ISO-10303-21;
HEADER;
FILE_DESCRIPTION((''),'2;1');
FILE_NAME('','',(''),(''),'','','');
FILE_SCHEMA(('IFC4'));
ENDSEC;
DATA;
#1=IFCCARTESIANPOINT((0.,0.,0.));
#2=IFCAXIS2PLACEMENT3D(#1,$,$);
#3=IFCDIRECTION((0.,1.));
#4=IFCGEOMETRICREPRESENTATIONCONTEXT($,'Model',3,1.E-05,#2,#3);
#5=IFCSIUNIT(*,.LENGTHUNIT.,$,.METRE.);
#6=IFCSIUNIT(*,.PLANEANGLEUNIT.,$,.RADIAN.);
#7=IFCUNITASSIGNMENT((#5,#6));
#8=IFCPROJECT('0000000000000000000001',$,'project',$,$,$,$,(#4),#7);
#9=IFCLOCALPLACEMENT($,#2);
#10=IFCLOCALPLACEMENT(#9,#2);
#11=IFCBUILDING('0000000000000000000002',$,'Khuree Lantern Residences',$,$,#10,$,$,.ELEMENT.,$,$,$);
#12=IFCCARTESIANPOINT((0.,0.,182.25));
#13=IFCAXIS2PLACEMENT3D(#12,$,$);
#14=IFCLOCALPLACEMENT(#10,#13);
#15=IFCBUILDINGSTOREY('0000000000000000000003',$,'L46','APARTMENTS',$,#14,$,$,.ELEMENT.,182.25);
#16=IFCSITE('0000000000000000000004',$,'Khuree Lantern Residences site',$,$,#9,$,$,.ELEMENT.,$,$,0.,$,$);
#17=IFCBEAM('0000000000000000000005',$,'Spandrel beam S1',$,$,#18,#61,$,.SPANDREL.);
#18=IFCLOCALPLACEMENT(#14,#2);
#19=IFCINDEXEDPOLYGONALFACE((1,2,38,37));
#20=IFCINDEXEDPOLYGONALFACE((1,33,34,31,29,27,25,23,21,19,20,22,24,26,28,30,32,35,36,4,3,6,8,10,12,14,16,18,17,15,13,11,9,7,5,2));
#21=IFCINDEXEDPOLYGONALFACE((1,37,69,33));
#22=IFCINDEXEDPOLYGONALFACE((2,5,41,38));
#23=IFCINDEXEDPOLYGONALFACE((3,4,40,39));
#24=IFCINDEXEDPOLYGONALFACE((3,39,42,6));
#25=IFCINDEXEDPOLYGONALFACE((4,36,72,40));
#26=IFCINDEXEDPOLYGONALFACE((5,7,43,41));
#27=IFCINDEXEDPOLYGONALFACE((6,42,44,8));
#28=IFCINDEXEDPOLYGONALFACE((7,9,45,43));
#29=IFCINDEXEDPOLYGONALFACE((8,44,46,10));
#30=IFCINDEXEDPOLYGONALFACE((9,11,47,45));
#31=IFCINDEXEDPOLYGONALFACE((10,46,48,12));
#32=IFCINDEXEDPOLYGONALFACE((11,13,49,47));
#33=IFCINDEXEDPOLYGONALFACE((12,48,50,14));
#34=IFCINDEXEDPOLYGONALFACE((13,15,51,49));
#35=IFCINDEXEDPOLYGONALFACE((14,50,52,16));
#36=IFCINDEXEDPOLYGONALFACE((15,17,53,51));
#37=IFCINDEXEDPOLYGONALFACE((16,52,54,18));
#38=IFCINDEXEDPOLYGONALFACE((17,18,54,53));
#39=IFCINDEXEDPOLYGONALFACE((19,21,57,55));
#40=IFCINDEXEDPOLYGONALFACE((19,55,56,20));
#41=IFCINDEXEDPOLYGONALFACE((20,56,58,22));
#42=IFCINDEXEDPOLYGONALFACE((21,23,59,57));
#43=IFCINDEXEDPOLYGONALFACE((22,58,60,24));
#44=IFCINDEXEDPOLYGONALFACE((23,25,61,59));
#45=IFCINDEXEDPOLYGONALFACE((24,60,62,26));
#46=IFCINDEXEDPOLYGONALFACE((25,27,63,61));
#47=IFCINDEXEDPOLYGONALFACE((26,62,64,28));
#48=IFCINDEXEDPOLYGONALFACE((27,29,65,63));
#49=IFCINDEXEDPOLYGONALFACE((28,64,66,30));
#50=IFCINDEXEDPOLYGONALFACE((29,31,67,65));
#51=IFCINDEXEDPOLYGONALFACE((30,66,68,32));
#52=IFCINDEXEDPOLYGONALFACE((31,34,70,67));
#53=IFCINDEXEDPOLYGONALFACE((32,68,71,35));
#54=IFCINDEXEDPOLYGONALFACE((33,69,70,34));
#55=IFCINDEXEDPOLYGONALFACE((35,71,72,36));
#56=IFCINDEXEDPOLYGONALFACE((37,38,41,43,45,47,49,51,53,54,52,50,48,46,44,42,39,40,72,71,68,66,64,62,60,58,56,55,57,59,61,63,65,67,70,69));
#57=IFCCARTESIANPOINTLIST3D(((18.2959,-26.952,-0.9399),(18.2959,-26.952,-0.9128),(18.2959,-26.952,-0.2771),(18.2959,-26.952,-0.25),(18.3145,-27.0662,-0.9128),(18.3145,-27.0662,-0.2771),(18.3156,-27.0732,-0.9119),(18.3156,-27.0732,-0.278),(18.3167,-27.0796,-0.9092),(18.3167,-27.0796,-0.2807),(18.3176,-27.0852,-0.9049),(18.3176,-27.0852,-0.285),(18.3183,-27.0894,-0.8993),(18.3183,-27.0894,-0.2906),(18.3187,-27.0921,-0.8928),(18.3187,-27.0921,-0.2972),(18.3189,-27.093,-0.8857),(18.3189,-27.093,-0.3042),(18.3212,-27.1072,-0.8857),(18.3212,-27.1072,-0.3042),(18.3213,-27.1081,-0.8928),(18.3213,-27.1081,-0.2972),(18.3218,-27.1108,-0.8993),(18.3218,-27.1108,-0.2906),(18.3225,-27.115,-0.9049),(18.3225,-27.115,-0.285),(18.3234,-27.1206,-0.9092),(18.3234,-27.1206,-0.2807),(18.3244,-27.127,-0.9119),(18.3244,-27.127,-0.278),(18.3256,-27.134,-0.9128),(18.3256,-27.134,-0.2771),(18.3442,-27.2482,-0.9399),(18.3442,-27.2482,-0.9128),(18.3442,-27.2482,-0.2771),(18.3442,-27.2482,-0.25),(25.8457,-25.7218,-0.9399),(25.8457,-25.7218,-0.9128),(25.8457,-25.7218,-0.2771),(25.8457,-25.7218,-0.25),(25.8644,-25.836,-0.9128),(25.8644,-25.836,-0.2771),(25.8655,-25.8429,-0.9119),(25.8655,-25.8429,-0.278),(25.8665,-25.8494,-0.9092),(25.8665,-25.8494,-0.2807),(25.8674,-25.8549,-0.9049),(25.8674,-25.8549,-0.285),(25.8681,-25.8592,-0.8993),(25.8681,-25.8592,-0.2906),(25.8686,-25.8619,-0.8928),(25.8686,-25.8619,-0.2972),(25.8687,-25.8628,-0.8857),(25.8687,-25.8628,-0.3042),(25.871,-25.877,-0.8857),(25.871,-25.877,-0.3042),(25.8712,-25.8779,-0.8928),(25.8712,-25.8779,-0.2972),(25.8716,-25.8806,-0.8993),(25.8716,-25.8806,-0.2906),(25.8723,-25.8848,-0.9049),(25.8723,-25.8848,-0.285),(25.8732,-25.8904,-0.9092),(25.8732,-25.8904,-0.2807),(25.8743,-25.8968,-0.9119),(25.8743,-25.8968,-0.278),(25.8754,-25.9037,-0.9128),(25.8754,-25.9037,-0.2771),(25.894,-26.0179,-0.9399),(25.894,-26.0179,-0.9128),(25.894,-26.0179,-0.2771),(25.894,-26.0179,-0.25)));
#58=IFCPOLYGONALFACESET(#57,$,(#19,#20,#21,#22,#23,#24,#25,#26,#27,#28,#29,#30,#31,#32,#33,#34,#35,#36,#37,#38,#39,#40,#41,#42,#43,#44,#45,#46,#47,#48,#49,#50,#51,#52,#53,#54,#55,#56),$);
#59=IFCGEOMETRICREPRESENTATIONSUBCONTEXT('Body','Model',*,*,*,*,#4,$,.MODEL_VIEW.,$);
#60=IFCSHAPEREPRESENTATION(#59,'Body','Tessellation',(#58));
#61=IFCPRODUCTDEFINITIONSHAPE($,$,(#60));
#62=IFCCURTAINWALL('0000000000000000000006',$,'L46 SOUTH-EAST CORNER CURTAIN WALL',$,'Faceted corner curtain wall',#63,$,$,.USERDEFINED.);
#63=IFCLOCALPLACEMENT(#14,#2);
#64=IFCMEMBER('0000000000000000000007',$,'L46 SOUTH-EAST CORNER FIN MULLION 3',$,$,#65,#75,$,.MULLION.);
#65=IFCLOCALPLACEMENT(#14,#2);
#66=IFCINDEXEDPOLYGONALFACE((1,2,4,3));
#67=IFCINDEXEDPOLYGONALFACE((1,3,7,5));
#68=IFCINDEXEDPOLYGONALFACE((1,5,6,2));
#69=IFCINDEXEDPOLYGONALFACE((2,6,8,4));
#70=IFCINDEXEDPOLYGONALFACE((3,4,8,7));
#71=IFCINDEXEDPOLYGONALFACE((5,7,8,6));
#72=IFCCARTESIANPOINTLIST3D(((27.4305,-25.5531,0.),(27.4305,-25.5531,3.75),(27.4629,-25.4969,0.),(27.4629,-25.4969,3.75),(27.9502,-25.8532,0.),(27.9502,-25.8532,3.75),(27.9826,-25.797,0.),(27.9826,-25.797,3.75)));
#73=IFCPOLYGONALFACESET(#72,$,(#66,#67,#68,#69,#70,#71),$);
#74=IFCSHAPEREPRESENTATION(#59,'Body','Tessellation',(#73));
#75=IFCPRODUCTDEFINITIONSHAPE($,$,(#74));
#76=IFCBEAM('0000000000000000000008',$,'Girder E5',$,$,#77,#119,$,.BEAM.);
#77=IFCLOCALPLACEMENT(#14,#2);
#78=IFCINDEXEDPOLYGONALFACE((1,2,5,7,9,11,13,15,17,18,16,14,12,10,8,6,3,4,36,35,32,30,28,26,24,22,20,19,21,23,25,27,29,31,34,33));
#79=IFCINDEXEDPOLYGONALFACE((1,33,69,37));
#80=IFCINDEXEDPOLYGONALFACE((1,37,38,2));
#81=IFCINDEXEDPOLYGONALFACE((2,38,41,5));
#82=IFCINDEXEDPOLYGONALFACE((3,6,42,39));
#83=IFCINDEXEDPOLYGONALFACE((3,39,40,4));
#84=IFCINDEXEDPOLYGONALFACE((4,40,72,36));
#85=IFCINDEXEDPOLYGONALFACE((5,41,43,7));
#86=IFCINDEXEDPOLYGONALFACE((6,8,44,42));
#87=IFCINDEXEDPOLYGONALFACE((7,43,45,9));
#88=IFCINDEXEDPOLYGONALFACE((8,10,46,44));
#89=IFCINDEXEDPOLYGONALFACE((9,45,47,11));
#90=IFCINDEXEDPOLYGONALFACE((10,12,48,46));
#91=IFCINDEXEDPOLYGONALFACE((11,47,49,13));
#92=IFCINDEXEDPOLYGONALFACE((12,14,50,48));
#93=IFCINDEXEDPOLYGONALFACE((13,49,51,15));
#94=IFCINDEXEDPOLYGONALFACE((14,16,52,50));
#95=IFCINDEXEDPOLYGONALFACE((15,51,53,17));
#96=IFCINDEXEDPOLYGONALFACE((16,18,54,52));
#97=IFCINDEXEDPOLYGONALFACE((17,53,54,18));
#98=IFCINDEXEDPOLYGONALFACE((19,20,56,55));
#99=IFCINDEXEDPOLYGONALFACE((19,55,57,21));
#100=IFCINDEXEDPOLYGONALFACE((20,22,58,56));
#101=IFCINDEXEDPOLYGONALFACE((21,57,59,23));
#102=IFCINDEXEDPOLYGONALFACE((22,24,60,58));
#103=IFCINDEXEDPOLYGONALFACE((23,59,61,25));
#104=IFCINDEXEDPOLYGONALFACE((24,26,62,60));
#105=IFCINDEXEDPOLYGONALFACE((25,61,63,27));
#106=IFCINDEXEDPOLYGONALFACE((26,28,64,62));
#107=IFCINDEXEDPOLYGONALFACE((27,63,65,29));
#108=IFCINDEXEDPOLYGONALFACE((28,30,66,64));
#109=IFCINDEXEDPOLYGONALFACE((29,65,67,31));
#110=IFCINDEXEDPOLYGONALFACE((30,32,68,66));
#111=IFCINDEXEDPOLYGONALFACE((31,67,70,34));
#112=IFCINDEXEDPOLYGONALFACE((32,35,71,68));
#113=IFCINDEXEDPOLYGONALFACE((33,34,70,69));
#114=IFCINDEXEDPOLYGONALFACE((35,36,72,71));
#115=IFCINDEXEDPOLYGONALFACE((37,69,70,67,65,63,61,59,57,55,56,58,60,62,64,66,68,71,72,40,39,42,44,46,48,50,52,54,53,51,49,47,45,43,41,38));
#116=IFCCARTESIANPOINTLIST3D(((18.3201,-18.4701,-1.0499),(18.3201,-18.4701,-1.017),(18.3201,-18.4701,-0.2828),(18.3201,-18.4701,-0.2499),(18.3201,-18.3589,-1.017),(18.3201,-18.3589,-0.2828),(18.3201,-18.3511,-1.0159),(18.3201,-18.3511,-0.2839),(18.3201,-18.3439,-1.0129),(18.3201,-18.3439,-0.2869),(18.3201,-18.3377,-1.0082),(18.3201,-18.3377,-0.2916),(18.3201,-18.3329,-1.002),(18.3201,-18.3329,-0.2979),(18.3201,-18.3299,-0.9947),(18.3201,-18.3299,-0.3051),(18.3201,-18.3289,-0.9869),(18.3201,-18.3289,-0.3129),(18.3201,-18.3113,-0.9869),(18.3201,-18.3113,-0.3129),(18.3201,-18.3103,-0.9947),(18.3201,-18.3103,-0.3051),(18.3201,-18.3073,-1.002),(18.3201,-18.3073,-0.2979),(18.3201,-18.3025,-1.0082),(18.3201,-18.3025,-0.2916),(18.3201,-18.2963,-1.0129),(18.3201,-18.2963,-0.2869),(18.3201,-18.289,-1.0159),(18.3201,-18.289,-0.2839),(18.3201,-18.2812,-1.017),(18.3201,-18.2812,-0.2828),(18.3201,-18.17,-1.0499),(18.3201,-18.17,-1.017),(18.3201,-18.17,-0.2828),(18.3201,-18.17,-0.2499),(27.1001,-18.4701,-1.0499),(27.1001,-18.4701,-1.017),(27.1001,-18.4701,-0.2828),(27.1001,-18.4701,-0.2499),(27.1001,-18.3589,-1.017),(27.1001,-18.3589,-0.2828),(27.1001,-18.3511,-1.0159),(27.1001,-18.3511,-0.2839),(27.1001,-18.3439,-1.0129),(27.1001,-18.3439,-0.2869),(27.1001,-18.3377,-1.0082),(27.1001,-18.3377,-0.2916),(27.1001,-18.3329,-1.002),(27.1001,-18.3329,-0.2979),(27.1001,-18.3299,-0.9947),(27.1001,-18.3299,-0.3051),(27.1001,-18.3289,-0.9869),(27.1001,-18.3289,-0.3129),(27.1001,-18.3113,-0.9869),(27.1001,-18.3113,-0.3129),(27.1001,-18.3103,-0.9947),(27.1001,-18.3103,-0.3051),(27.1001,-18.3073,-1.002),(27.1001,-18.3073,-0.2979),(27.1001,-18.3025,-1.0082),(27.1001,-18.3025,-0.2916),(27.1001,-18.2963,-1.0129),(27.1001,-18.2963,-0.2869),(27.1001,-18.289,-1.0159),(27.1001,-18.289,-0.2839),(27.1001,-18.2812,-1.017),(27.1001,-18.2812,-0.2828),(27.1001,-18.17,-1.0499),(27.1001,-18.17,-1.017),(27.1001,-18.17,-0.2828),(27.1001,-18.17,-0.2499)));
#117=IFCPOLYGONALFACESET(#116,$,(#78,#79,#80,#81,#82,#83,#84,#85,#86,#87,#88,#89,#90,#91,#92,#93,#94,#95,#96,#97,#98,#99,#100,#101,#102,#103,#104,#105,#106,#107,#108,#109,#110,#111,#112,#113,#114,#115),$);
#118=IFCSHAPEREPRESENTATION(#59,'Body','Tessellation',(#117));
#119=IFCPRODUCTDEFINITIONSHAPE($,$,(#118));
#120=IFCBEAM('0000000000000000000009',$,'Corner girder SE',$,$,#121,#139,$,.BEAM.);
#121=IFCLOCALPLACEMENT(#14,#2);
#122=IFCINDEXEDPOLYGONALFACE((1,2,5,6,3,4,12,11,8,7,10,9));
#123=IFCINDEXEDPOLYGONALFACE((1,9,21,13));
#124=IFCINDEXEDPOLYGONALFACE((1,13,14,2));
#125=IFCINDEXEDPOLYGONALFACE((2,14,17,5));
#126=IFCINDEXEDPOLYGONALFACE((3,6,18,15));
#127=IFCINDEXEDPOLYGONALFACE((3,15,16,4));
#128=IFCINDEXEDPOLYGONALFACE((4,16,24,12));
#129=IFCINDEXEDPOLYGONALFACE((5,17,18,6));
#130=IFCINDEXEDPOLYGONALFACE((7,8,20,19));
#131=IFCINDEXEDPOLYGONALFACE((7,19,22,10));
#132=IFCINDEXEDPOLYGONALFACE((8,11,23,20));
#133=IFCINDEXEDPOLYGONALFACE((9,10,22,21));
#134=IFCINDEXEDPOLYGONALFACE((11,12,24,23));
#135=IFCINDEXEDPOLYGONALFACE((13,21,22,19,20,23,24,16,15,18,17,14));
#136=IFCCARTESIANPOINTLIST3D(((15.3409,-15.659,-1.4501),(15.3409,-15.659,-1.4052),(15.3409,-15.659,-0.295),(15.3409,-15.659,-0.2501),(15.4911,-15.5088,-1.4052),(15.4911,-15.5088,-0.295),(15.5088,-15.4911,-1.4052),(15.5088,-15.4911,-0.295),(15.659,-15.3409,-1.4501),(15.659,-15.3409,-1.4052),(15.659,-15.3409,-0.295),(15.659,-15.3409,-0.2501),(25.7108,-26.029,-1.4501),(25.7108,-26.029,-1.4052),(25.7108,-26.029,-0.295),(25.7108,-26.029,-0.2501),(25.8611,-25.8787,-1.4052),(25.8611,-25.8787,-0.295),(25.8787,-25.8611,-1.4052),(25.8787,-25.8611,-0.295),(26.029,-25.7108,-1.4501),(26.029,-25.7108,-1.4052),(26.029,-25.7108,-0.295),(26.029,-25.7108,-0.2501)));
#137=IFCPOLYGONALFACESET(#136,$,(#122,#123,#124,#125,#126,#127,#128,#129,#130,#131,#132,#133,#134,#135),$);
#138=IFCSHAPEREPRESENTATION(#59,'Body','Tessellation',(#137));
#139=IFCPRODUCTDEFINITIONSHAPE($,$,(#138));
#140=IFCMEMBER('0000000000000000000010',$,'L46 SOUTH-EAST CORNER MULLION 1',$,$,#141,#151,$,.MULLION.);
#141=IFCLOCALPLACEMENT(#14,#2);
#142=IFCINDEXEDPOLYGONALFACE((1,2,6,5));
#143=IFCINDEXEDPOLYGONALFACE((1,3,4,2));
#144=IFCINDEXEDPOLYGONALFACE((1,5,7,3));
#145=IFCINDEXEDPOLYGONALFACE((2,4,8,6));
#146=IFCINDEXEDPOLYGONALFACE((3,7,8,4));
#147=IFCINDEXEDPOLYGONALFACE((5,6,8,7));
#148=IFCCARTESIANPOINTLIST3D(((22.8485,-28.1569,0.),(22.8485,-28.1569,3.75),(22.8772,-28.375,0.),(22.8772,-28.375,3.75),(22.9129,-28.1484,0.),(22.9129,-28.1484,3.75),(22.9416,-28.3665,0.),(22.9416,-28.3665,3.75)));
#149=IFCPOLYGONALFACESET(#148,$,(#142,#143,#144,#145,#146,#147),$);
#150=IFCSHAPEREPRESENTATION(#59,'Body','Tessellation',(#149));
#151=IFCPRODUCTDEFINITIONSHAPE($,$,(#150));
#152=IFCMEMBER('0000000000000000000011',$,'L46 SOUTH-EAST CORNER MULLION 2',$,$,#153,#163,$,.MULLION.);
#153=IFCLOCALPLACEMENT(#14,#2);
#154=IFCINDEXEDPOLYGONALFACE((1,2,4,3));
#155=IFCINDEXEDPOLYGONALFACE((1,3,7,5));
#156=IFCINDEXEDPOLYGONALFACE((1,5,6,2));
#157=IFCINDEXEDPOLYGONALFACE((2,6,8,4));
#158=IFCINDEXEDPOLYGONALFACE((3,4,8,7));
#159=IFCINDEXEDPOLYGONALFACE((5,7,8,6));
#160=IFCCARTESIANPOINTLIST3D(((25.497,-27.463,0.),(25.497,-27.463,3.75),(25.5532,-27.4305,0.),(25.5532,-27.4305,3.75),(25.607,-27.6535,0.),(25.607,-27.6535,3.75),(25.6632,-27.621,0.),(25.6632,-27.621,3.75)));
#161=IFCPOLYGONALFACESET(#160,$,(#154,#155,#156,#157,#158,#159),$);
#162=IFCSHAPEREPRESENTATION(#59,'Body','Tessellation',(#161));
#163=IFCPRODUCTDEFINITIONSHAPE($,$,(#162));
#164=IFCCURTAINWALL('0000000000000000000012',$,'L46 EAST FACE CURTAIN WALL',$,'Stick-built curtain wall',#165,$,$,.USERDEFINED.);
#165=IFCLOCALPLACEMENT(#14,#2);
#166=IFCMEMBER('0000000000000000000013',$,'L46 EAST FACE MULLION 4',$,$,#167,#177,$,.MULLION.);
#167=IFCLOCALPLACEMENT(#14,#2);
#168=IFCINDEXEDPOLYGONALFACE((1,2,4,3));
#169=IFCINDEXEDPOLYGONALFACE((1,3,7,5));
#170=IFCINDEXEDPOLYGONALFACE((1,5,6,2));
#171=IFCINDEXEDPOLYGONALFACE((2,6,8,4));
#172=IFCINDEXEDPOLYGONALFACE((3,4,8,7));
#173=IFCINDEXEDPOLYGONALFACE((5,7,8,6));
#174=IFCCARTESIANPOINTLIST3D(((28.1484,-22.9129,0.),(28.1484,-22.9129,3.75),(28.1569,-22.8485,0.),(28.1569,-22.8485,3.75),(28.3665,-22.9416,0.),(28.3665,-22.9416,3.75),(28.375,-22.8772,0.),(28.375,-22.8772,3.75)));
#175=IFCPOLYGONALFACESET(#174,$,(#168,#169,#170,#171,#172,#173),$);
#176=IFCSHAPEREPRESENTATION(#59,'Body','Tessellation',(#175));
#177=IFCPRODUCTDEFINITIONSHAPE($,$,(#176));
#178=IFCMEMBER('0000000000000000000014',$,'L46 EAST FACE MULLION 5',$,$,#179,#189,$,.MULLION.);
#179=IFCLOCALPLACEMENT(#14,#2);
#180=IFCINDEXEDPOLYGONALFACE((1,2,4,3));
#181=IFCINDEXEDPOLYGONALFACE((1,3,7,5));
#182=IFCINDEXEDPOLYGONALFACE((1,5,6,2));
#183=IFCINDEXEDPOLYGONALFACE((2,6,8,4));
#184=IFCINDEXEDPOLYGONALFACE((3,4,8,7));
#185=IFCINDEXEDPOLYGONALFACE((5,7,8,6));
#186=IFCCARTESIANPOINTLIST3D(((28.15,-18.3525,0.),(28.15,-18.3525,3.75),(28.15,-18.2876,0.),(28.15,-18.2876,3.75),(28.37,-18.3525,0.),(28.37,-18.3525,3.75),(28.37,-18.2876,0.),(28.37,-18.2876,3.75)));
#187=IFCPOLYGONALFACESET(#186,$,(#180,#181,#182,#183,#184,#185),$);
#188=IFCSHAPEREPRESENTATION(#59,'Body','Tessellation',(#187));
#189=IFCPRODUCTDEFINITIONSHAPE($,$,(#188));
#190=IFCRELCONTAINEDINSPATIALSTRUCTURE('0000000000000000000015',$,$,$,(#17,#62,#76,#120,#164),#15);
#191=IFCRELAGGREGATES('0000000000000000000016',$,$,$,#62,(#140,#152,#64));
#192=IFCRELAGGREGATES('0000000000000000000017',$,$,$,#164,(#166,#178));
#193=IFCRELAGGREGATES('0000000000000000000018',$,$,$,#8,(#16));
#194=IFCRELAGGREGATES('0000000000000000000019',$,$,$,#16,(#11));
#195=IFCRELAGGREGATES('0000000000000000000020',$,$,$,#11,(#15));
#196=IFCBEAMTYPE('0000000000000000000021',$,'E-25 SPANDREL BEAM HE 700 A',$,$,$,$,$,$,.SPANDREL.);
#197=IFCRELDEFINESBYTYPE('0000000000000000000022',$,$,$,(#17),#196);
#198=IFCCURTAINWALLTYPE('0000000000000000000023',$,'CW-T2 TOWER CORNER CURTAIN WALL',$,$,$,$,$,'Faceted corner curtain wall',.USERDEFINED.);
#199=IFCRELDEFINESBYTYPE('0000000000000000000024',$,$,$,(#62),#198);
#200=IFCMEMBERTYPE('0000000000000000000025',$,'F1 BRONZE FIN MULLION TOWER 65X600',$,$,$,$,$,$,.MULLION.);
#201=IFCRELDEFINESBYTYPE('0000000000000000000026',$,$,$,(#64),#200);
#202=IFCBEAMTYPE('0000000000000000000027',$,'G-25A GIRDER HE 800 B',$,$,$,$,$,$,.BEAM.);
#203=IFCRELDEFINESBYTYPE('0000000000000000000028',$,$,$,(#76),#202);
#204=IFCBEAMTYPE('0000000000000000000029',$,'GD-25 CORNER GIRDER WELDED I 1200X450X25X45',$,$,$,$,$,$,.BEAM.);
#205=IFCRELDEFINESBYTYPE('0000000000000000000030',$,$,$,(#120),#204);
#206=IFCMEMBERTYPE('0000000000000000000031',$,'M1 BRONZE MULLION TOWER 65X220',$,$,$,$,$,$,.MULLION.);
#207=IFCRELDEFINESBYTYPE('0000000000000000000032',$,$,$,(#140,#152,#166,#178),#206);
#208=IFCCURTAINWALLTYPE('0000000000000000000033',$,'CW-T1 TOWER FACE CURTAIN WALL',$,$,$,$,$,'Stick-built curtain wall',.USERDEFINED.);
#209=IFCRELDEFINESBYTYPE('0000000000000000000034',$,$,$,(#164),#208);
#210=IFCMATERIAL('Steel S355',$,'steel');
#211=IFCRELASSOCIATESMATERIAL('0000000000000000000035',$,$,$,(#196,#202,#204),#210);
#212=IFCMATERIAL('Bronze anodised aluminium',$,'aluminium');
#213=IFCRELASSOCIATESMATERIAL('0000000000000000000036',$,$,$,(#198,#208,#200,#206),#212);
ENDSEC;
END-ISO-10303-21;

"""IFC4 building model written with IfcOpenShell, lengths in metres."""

from ifc_helpers import new_model, si_unit, direction, frame, origin, origin_2d, place, context, subcontext, project, spatial, rectangle, i_section, extrude, material, material_profile, profile_set, type_object, element, aggregate, save


model = new_model("IFC4")

# Units and contexts
model_context = context("Model", 3, precision=1e-05, world=origin(), true_north=direction((0.0, 1.0)))
body_context = subcontext(model_context, "Body", "Model", "MODEL_VIEW")
ifc_project = project(units=[si_unit("LENGTHUNIT", "METRE"), si_unit("PLANEANGLEUNIT", "RADIAN")], contexts=[model_context])

# Site, building, storey
site_placement = place(None, origin())
site = spatial("IfcSite", under=ifc_project, at=site_placement, Name="Khuree Lantern Residences site", CompositionType="ELEMENT", RefElevation=0.0)
building_placement = place(site_placement, origin())
building = spatial("IfcBuilding", under=site, at=building_placement, Name="Khuree Lantern Residences", CompositionType="ELEMENT")
storey_placement = place(building_placement, frame((0.0, 0.0, 182.25)))
storey = spatial("IfcBuildingStorey", under=building, at=storey_placement, Name="L46", Description="APARTMENTS", CompositionType="ELEMENT", Elevation=182.25)

# Beam
ifc_material_1 = material(Name="Steel S355", Category="steel")
ifc_material_profile_1 = material_profile(ifc_material_1, i_section(OverallWidth=0.3, OverallDepth=0.6899, WebThickness=0.0144, FlangeThickness=0.0271, FilletRadius=0.0271, at=origin_2d()), Name="HE 700 A")
ifc_profile_set_1 = profile_set([ifc_material_profile_1], Name="Steel S355")
beam_type_1 = type_object("IfcBeamType", Name="E-25 SPANDREL BEAM HE 700 A", PredefinedType="SPANDREL", material=ifc_profile_set_1)
for number, where, z_axis, x_axis, name in (
    (1, (25.8699, -25.8699, -0.595), (-0.986983, -0.160827, 0.0), (0.160827, -0.986983, 0.0), "Spandrel beam S1"),
):
    element("IfcBeam", number, at=place(storey_placement, frame(where, z_axis=z_axis, x_axis=x_axis)), inside=storey, type_object=beam_type_1, Name=name, PredefinedType="SPANDREL", context=body_context, shape_type="SweptSolid", body=[
        extrude(i_section(OverallWidth=0.3, OverallDepth=0.6899, WebThickness=0.0144, FlangeThickness=0.0271, FilletRadius=0.0271, at=origin_2d()), origin(), (0.0, 0.0, 1.0), 7.6494),
    ])

# Curtain wall, member
ifc_material_2 = material(Name="Bronze anodised aluminium", Category="aluminium")
curtain_wall_type_1 = type_object("IfcCurtainWallType", Name="CW-T2 TOWER CORNER CURTAIN WALL", ElementType="Faceted corner curtain wall", PredefinedType="USERDEFINED", material=ifc_material_2)
curtain_wall_1_placement = place(storey_placement, origin())
curtain_wall_1 = element("IfcCurtainWall", 2, at=curtain_wall_1_placement, inside=storey, type_object=curtain_wall_type_1, Name="L46 SOUTH-EAST CORNER CURTAIN WALL", ObjectType="Faceted corner curtain wall", PredefinedType="USERDEFINED")
ifc_material_profile_2 = material_profile(ifc_material_2, rectangle(XDim=0.0649, YDim=0.6001, at=origin_2d()), Name="F1 65X600")
ifc_profile_set_2 = profile_set([ifc_material_profile_2], Name="Bronze anodised aluminium")
member_type_1 = type_object("IfcMemberType", Name="F1 BRONZE FIN MULLION TOWER 65X600", PredefinedType="MULLION", material=ifc_profile_set_2)
member_1_placement = place(storey_placement, frame((27.7065, -25.675, 0.0), z_axis=(0.0, 0.0, 1.0), x_axis=(0.5, 0.866025, 0.0)))
member_1 = element("IfcMember", 3, at=member_1_placement, type_object=member_type_1, Name="L46 SOUTH-EAST CORNER FIN MULLION 3", PredefinedType="MULLION", context=body_context, shape_type="SweptSolid", body=[
    extrude(rectangle(XDim=0.0649, YDim=0.6001, at=origin_2d()), origin(), (0.0, 0.0, 1.0), 3.75),
])

# Beams
ifc_material_profile_3 = material_profile(ifc_material_1, i_section(OverallWidth=0.3, OverallDepth=0.8, WebThickness=0.0176, FlangeThickness=0.033, FilletRadius=0.03, at=origin_2d()), Name="HE 800 B")
ifc_profile_set_3 = profile_set([ifc_material_profile_3], Name="Steel S355")
beam_type_2 = type_object("IfcBeamType", Name="G-25A GIRDER HE 800 B", PredefinedType="BEAM", material=ifc_profile_set_3)
beam_1_placement = place(storey_placement, frame((27.1001, -18.3201, -0.6499), z_axis=(-1.0, 0.0, 0.0), x_axis=(0.0, -1.0, 0.0)))
element("IfcBeam", 4, at=beam_1_placement, inside=storey, type_object=beam_type_2, Name="Girder E5", PredefinedType="BEAM", context=body_context, shape_type="SweptSolid", body=[
    extrude(i_section(OverallWidth=0.3, OverallDepth=0.8, WebThickness=0.0176, FlangeThickness=0.033, FilletRadius=0.03, at=origin_2d()), origin(), (0.0, 0.0, 1.0), 8.78),
])
ifc_material_profile_4 = material_profile(ifc_material_1, i_section(OverallWidth=0.45, OverallDepth=1.2, WebThickness=0.0249, FlangeThickness=0.0449, at=origin_2d()), Name="WELDED I 1200X450X25X45")
ifc_profile_set_4 = profile_set([ifc_material_profile_4], Name="Steel S355")
beam_type_3 = type_object("IfcBeamType", Name="GD-25 CORNER GIRDER WELDED I 1200X450X25X45", PredefinedType="BEAM", material=ifc_profile_set_4)
beam_2_placement = place(storey_placement, frame((25.8699, -25.8699, -0.8501), z_axis=(-0.707107, 0.707107, 0.0), x_axis=(-0.707107, -0.707107, 0.0)))
element("IfcBeam", 5, at=beam_2_placement, inside=storey, type_object=beam_type_3, Name="Corner girder SE", PredefinedType="BEAM", context=body_context, shape_type="SweptSolid", body=[
    extrude(i_section(OverallWidth=0.45, OverallDepth=1.2, WebThickness=0.0249, FlangeThickness=0.0449, at=origin_2d()), origin(), (0.0, 0.0, 1.0), 14.6653),
])

# Members
ifc_material_profile_5 = material_profile(ifc_material_2, rectangle(XDim=0.0649, YDim=0.22, at=origin_2d()), Name="M1 65X220")
ifc_profile_set_5 = profile_set([ifc_material_profile_5], Name="Bronze anodised aluminium")
member_type_2 = type_object("IfcMemberType", Name="M1 BRONZE MULLION TOWER 65X220", PredefinedType="MULLION", material=ifc_profile_set_5)
member_2_placement = place(storey_placement, frame((22.895, -28.2617, 0.0), z_axis=(0.0, 0.0, 1.0), x_axis=(0.991445, 0.130526, 0.0)))
member_2 = element("IfcMember", 6, at=member_2_placement, type_object=member_type_2, Name="L46 SOUTH-EAST CORNER MULLION 1", PredefinedType="MULLION", context=body_context, shape_type="SweptSolid", body=[
    extrude(rectangle(XDim=0.0649, YDim=0.22, at=origin_2d()), origin(), (0.0, 0.0, 1.0), 3.75),
])
member_3_placement = place(storey_placement, frame((25.5801, -27.542, 0.0), z_axis=(0.0, 0.0, 1.0), x_axis=(0.866025, 0.5, 0.0)))
member_3 = element("IfcMember", 7, at=member_3_placement, type_object=member_type_2, Name="L46 SOUTH-EAST CORNER MULLION 2", PredefinedType="MULLION", context=body_context, shape_type="SweptSolid", body=[
    extrude(rectangle(XDim=0.0649, YDim=0.22, at=origin_2d()), origin(), (0.0, 0.0, 1.0), 3.75),
])

# Curtain wall, members
curtain_wall_type_2 = type_object("IfcCurtainWallType", Name="CW-T1 TOWER FACE CURTAIN WALL", ElementType="Stick-built curtain wall", PredefinedType="USERDEFINED", material=ifc_material_2)
curtain_wall_2_placement = place(storey_placement, origin())
curtain_wall_2 = element("IfcCurtainWall", 8, at=curtain_wall_2_placement, inside=storey, type_object=curtain_wall_type_2, Name="L46 EAST FACE CURTAIN WALL", ObjectType="Stick-built curtain wall", PredefinedType="USERDEFINED")
member_4_placement = place(storey_placement, frame((28.2617, -22.895, 0.0), z_axis=(0.0, 0.0, 1.0), x_axis=(0.130526, 0.991445, 0.0)))
member_4 = element("IfcMember", 9, at=member_4_placement, type_object=member_type_2, Name="L46 EAST FACE MULLION 4", PredefinedType="MULLION", context=body_context, shape_type="SweptSolid", body=[
    extrude(rectangle(XDim=0.0649, YDim=0.22, at=origin_2d()), origin(), (0.0, 0.0, 1.0), 3.75),
])
member_5_placement = place(storey_placement, frame((28.26, -18.3201, 0.0), z_axis=(0.0, 0.0, 1.0), x_axis=(0.0, 1.0, 0.0)))
member_5 = element("IfcMember", 10, at=member_5_placement, type_object=member_type_2, Name="L46 EAST FACE MULLION 5", PredefinedType="MULLION", context=body_context, shape_type="SweptSolid", body=[
    extrude(rectangle(XDim=0.0649, YDim=0.22, at=origin_2d()), origin(), (0.0, 0.0, 1.0), 3.75),
])

aggregate(curtain_wall_1, [member_2, member_3, member_1])

aggregate(curtain_wall_2, [member_4, member_5])

save(model, "model.ifc")
